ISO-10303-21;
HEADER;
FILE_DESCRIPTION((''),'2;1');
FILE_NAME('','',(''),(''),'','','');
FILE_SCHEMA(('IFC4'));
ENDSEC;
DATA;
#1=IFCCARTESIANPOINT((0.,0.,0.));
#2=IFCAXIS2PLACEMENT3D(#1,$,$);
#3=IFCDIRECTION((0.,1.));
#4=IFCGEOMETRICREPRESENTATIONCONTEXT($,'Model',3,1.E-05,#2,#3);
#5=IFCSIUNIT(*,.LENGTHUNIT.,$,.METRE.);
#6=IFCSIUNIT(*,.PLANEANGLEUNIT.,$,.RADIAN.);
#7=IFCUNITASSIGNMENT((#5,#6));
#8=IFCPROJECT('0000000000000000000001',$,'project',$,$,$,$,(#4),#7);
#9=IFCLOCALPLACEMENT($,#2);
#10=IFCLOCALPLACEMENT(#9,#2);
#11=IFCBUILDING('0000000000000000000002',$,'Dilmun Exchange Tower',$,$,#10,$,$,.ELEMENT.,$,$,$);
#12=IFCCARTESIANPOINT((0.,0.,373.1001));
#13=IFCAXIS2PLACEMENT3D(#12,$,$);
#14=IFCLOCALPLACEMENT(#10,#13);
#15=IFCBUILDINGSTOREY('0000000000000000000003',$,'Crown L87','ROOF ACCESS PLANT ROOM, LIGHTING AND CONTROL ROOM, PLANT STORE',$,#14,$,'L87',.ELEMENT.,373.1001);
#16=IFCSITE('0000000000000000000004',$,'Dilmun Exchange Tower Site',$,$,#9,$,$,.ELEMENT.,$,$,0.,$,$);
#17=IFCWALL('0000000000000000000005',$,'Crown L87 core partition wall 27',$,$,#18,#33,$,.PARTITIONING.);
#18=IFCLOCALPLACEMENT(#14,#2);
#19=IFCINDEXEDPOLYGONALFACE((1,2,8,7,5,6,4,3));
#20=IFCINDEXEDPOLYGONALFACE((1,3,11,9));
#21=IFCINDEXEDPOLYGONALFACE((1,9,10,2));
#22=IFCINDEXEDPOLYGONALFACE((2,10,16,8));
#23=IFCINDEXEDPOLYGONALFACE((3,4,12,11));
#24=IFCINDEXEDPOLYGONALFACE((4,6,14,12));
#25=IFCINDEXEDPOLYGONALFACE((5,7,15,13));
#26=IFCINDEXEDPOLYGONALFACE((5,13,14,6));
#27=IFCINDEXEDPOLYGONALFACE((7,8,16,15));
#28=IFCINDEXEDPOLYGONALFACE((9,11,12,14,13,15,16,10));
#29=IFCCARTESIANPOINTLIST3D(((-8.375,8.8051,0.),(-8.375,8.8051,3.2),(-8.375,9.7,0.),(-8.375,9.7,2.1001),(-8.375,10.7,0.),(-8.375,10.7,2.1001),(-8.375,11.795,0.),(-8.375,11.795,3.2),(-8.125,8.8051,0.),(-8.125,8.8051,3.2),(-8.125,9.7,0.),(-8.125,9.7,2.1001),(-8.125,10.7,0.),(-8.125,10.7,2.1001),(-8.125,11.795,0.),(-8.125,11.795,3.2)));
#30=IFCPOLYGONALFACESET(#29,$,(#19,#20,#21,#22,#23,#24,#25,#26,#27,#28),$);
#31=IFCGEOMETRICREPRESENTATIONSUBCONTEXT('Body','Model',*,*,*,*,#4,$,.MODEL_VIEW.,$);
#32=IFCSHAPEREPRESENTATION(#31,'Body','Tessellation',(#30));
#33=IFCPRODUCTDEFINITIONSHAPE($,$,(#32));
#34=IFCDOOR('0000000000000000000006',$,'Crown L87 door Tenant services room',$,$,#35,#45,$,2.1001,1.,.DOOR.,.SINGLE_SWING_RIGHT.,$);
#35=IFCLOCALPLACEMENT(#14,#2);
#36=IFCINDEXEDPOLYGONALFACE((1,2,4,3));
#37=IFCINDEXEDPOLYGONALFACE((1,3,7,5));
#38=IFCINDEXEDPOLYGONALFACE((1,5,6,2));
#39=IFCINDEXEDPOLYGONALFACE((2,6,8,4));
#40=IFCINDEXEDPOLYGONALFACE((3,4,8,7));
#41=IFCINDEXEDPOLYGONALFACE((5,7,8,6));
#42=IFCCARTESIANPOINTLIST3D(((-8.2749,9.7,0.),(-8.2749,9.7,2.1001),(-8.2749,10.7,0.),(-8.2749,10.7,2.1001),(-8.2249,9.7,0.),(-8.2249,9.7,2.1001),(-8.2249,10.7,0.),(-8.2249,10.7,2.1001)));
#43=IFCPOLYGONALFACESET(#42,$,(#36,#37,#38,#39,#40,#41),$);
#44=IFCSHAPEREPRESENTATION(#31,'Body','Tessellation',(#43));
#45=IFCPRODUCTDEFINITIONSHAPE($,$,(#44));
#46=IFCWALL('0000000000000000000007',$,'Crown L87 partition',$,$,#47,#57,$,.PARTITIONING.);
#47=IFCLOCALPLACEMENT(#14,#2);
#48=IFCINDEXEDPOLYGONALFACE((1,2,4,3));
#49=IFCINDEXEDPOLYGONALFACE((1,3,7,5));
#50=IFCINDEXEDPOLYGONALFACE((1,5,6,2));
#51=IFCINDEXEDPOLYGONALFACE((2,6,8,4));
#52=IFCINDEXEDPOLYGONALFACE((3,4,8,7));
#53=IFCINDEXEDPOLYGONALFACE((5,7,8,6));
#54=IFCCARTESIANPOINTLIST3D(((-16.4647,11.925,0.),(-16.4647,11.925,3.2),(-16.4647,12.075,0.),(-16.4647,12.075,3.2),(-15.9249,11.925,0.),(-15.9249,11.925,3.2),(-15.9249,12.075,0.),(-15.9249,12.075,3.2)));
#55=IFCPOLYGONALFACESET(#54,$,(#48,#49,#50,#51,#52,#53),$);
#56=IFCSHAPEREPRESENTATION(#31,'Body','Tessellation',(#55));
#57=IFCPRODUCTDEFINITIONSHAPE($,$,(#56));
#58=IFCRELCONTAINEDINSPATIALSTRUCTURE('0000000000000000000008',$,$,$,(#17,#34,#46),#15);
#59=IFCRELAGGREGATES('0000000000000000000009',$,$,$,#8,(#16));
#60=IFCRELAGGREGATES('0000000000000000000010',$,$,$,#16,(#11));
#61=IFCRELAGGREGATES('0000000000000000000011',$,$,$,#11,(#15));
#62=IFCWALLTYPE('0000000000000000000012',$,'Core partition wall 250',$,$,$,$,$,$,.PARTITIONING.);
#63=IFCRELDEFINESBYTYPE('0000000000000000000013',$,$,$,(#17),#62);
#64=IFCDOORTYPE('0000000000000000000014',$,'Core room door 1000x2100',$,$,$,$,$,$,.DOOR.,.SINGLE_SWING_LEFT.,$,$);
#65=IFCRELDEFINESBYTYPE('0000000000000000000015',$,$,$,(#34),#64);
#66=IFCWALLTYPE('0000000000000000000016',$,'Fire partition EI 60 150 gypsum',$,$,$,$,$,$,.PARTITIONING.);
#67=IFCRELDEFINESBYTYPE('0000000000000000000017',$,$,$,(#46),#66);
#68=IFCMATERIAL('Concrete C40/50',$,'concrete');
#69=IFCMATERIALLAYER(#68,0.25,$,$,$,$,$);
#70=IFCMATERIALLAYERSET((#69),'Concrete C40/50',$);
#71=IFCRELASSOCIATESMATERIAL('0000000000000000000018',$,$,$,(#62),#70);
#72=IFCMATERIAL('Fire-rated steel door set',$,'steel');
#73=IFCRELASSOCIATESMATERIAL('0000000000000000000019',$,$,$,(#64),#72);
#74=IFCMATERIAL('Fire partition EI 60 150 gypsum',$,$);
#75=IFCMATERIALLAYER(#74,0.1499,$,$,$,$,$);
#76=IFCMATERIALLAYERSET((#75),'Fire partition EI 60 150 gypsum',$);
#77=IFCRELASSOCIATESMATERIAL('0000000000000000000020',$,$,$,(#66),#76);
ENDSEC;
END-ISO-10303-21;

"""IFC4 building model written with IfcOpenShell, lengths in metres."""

from ifc_helpers import new_model, si_unit, direction, frame, frame_2d, origin, place, context, subcontext, project, spatial, rectangle, extrude, material, layer, layer_set, type_object, element, fill, save


model = new_model("IFC4")

# Units and contexts
model_context = context("Model", 3, precision=1e-05, world=origin(), true_north=direction((0.0, 1.0)))
body_context = subcontext(model_context, "Body", "Model", "MODEL_VIEW")
ifc_project = project(units=[si_unit("LENGTHUNIT", "METRE"), si_unit("PLANEANGLEUNIT", "RADIAN")], contexts=[model_context])

# Site, building, storey
site_placement = place(None, origin())
site = spatial("IfcSite", under=ifc_project, at=site_placement, Name="Dilmun Exchange Tower Site", CompositionType="ELEMENT", RefElevation=0.0)
building_placement = place(site_placement, origin())
building = spatial("IfcBuilding", under=site, at=building_placement, Name="Dilmun Exchange Tower", CompositionType="ELEMENT")
storey_placement = place(building_placement, frame((0.0, 0.0, 373.1001)))
storey = spatial("IfcBuildingStorey", under=building, at=storey_placement, Name="Crown L87", Description="ROOF ACCESS PLANT ROOM, LIGHTING AND CONTROL ROOM, PLANT STORE", LongName="L87", CompositionType="ELEMENT", Elevation=373.1001)

# Shared definitions
ifc_material_1 = material(Name="Concrete C40/50", Category="concrete")
ifc_material_2 = material(Name="Fire-rated steel door set", Category="steel")

# Shared definitions
ifc_layer_1 = layer(ifc_material_1, 0.25)
ifc_layer_set_1 = layer_set([ifc_layer_1], Name="Concrete C40/50")
wall_type_1 = type_object("IfcWallType", Name="Core partition wall 250", PredefinedType="PARTITIONING", material=ifc_layer_set_1)
door_type_1 = type_object("IfcDoorType", Name="Core room door 1000x2100", OperationType="SINGLE_SWING_LEFT", PredefinedType="DOOR", material=ifc_material_2)

# Wall, opening, door
wall_1_placement = place(storey_placement, frame((-8.25, 8.8049, 0.0), z_axis=(0.0, 0.0, 1.0), x_axis=(0.0, 1.0, 0.0)))
wall_1 = element("IfcWall", 1, at=wall_1_placement, inside=storey, type_object=wall_type_1, Name="Crown L87 core partition wall 27", PredefinedType="PARTITIONING", context=body_context, shape_type="SweptSolid", body=[
    extrude(rectangle(XDim=2.99, YDim=0.25, at=frame_2d((1.4951, 0.0))), origin(), (0.0, 0.0, 1.0), 3.2),
])
opening_1_placement = place(wall_1_placement, frame((0.895, 0.0, 0.0)))
opening_1 = element("IfcOpeningElement", 2, at=opening_1_placement, cuts=wall_1, PredefinedType="OPENING", context=body_context, shape_type="SweptSolid", body=[
    extrude(rectangle(XDim=1.0, YDim=2.1001, at=frame_2d((0.5, 1.05))), frame((0.0, 0.135, 0.0), z_axis=(0.0, -1.0, 0.0), x_axis=(1.0, 0.0, 0.0)), (0.0, 0.0, 1.0), 0.27),
])
door_1_placement = place(opening_1_placement, origin())
door_1 = element("IfcDoor", 3, at=door_1_placement, inside=storey, type_object=door_type_1, Name="Crown L87 door Tenant services room", OperationType="SINGLE_SWING_RIGHT", OverallHeight=2.1001, OverallWidth=1.0, PredefinedType="DOOR", context=body_context, shape_type="SweptSolid", body=[
    extrude(rectangle(XDim=1.0, YDim=2.1001, at=frame_2d((0.5, 1.05))), frame((0.0, 0.0249, 0.0), z_axis=(0.0, -1.0, 0.0), x_axis=(1.0, 0.0, 0.0)), (0.0, 0.0, 1.0), 0.05),
])
fill(opening_1, door_1)

# Wall
ifc_material_3 = material(Name="Fire partition EI 60 150 gypsum")
ifc_layer_2 = layer(ifc_material_3, 0.1499)
ifc_layer_set_2 = layer_set([ifc_layer_2], Name="Fire partition EI 60 150 gypsum")
wall_type_2 = type_object("IfcWallType", Name="Fire partition EI 60 150 gypsum", PredefinedType="PARTITIONING", material=ifc_layer_set_2)
wall_2_placement = place(storey_placement, frame((-16.4648, 12.0, 0.0), z_axis=(0.0, 0.0, 1.0), x_axis=(1.0, 0.0, 0.0)))
element("IfcWall", 4, at=wall_2_placement, inside=storey, type_object=wall_type_2, Name="Crown L87 partition", PredefinedType="PARTITIONING", context=body_context, shape_type="SweptSolid", body=[
    extrude(rectangle(XDim=0.5398, YDim=0.1499, at=frame_2d((0.27, 0.0))), origin(), (0.0, 0.0, 1.0), 3.2),
])

save(model, "model.ifc")
